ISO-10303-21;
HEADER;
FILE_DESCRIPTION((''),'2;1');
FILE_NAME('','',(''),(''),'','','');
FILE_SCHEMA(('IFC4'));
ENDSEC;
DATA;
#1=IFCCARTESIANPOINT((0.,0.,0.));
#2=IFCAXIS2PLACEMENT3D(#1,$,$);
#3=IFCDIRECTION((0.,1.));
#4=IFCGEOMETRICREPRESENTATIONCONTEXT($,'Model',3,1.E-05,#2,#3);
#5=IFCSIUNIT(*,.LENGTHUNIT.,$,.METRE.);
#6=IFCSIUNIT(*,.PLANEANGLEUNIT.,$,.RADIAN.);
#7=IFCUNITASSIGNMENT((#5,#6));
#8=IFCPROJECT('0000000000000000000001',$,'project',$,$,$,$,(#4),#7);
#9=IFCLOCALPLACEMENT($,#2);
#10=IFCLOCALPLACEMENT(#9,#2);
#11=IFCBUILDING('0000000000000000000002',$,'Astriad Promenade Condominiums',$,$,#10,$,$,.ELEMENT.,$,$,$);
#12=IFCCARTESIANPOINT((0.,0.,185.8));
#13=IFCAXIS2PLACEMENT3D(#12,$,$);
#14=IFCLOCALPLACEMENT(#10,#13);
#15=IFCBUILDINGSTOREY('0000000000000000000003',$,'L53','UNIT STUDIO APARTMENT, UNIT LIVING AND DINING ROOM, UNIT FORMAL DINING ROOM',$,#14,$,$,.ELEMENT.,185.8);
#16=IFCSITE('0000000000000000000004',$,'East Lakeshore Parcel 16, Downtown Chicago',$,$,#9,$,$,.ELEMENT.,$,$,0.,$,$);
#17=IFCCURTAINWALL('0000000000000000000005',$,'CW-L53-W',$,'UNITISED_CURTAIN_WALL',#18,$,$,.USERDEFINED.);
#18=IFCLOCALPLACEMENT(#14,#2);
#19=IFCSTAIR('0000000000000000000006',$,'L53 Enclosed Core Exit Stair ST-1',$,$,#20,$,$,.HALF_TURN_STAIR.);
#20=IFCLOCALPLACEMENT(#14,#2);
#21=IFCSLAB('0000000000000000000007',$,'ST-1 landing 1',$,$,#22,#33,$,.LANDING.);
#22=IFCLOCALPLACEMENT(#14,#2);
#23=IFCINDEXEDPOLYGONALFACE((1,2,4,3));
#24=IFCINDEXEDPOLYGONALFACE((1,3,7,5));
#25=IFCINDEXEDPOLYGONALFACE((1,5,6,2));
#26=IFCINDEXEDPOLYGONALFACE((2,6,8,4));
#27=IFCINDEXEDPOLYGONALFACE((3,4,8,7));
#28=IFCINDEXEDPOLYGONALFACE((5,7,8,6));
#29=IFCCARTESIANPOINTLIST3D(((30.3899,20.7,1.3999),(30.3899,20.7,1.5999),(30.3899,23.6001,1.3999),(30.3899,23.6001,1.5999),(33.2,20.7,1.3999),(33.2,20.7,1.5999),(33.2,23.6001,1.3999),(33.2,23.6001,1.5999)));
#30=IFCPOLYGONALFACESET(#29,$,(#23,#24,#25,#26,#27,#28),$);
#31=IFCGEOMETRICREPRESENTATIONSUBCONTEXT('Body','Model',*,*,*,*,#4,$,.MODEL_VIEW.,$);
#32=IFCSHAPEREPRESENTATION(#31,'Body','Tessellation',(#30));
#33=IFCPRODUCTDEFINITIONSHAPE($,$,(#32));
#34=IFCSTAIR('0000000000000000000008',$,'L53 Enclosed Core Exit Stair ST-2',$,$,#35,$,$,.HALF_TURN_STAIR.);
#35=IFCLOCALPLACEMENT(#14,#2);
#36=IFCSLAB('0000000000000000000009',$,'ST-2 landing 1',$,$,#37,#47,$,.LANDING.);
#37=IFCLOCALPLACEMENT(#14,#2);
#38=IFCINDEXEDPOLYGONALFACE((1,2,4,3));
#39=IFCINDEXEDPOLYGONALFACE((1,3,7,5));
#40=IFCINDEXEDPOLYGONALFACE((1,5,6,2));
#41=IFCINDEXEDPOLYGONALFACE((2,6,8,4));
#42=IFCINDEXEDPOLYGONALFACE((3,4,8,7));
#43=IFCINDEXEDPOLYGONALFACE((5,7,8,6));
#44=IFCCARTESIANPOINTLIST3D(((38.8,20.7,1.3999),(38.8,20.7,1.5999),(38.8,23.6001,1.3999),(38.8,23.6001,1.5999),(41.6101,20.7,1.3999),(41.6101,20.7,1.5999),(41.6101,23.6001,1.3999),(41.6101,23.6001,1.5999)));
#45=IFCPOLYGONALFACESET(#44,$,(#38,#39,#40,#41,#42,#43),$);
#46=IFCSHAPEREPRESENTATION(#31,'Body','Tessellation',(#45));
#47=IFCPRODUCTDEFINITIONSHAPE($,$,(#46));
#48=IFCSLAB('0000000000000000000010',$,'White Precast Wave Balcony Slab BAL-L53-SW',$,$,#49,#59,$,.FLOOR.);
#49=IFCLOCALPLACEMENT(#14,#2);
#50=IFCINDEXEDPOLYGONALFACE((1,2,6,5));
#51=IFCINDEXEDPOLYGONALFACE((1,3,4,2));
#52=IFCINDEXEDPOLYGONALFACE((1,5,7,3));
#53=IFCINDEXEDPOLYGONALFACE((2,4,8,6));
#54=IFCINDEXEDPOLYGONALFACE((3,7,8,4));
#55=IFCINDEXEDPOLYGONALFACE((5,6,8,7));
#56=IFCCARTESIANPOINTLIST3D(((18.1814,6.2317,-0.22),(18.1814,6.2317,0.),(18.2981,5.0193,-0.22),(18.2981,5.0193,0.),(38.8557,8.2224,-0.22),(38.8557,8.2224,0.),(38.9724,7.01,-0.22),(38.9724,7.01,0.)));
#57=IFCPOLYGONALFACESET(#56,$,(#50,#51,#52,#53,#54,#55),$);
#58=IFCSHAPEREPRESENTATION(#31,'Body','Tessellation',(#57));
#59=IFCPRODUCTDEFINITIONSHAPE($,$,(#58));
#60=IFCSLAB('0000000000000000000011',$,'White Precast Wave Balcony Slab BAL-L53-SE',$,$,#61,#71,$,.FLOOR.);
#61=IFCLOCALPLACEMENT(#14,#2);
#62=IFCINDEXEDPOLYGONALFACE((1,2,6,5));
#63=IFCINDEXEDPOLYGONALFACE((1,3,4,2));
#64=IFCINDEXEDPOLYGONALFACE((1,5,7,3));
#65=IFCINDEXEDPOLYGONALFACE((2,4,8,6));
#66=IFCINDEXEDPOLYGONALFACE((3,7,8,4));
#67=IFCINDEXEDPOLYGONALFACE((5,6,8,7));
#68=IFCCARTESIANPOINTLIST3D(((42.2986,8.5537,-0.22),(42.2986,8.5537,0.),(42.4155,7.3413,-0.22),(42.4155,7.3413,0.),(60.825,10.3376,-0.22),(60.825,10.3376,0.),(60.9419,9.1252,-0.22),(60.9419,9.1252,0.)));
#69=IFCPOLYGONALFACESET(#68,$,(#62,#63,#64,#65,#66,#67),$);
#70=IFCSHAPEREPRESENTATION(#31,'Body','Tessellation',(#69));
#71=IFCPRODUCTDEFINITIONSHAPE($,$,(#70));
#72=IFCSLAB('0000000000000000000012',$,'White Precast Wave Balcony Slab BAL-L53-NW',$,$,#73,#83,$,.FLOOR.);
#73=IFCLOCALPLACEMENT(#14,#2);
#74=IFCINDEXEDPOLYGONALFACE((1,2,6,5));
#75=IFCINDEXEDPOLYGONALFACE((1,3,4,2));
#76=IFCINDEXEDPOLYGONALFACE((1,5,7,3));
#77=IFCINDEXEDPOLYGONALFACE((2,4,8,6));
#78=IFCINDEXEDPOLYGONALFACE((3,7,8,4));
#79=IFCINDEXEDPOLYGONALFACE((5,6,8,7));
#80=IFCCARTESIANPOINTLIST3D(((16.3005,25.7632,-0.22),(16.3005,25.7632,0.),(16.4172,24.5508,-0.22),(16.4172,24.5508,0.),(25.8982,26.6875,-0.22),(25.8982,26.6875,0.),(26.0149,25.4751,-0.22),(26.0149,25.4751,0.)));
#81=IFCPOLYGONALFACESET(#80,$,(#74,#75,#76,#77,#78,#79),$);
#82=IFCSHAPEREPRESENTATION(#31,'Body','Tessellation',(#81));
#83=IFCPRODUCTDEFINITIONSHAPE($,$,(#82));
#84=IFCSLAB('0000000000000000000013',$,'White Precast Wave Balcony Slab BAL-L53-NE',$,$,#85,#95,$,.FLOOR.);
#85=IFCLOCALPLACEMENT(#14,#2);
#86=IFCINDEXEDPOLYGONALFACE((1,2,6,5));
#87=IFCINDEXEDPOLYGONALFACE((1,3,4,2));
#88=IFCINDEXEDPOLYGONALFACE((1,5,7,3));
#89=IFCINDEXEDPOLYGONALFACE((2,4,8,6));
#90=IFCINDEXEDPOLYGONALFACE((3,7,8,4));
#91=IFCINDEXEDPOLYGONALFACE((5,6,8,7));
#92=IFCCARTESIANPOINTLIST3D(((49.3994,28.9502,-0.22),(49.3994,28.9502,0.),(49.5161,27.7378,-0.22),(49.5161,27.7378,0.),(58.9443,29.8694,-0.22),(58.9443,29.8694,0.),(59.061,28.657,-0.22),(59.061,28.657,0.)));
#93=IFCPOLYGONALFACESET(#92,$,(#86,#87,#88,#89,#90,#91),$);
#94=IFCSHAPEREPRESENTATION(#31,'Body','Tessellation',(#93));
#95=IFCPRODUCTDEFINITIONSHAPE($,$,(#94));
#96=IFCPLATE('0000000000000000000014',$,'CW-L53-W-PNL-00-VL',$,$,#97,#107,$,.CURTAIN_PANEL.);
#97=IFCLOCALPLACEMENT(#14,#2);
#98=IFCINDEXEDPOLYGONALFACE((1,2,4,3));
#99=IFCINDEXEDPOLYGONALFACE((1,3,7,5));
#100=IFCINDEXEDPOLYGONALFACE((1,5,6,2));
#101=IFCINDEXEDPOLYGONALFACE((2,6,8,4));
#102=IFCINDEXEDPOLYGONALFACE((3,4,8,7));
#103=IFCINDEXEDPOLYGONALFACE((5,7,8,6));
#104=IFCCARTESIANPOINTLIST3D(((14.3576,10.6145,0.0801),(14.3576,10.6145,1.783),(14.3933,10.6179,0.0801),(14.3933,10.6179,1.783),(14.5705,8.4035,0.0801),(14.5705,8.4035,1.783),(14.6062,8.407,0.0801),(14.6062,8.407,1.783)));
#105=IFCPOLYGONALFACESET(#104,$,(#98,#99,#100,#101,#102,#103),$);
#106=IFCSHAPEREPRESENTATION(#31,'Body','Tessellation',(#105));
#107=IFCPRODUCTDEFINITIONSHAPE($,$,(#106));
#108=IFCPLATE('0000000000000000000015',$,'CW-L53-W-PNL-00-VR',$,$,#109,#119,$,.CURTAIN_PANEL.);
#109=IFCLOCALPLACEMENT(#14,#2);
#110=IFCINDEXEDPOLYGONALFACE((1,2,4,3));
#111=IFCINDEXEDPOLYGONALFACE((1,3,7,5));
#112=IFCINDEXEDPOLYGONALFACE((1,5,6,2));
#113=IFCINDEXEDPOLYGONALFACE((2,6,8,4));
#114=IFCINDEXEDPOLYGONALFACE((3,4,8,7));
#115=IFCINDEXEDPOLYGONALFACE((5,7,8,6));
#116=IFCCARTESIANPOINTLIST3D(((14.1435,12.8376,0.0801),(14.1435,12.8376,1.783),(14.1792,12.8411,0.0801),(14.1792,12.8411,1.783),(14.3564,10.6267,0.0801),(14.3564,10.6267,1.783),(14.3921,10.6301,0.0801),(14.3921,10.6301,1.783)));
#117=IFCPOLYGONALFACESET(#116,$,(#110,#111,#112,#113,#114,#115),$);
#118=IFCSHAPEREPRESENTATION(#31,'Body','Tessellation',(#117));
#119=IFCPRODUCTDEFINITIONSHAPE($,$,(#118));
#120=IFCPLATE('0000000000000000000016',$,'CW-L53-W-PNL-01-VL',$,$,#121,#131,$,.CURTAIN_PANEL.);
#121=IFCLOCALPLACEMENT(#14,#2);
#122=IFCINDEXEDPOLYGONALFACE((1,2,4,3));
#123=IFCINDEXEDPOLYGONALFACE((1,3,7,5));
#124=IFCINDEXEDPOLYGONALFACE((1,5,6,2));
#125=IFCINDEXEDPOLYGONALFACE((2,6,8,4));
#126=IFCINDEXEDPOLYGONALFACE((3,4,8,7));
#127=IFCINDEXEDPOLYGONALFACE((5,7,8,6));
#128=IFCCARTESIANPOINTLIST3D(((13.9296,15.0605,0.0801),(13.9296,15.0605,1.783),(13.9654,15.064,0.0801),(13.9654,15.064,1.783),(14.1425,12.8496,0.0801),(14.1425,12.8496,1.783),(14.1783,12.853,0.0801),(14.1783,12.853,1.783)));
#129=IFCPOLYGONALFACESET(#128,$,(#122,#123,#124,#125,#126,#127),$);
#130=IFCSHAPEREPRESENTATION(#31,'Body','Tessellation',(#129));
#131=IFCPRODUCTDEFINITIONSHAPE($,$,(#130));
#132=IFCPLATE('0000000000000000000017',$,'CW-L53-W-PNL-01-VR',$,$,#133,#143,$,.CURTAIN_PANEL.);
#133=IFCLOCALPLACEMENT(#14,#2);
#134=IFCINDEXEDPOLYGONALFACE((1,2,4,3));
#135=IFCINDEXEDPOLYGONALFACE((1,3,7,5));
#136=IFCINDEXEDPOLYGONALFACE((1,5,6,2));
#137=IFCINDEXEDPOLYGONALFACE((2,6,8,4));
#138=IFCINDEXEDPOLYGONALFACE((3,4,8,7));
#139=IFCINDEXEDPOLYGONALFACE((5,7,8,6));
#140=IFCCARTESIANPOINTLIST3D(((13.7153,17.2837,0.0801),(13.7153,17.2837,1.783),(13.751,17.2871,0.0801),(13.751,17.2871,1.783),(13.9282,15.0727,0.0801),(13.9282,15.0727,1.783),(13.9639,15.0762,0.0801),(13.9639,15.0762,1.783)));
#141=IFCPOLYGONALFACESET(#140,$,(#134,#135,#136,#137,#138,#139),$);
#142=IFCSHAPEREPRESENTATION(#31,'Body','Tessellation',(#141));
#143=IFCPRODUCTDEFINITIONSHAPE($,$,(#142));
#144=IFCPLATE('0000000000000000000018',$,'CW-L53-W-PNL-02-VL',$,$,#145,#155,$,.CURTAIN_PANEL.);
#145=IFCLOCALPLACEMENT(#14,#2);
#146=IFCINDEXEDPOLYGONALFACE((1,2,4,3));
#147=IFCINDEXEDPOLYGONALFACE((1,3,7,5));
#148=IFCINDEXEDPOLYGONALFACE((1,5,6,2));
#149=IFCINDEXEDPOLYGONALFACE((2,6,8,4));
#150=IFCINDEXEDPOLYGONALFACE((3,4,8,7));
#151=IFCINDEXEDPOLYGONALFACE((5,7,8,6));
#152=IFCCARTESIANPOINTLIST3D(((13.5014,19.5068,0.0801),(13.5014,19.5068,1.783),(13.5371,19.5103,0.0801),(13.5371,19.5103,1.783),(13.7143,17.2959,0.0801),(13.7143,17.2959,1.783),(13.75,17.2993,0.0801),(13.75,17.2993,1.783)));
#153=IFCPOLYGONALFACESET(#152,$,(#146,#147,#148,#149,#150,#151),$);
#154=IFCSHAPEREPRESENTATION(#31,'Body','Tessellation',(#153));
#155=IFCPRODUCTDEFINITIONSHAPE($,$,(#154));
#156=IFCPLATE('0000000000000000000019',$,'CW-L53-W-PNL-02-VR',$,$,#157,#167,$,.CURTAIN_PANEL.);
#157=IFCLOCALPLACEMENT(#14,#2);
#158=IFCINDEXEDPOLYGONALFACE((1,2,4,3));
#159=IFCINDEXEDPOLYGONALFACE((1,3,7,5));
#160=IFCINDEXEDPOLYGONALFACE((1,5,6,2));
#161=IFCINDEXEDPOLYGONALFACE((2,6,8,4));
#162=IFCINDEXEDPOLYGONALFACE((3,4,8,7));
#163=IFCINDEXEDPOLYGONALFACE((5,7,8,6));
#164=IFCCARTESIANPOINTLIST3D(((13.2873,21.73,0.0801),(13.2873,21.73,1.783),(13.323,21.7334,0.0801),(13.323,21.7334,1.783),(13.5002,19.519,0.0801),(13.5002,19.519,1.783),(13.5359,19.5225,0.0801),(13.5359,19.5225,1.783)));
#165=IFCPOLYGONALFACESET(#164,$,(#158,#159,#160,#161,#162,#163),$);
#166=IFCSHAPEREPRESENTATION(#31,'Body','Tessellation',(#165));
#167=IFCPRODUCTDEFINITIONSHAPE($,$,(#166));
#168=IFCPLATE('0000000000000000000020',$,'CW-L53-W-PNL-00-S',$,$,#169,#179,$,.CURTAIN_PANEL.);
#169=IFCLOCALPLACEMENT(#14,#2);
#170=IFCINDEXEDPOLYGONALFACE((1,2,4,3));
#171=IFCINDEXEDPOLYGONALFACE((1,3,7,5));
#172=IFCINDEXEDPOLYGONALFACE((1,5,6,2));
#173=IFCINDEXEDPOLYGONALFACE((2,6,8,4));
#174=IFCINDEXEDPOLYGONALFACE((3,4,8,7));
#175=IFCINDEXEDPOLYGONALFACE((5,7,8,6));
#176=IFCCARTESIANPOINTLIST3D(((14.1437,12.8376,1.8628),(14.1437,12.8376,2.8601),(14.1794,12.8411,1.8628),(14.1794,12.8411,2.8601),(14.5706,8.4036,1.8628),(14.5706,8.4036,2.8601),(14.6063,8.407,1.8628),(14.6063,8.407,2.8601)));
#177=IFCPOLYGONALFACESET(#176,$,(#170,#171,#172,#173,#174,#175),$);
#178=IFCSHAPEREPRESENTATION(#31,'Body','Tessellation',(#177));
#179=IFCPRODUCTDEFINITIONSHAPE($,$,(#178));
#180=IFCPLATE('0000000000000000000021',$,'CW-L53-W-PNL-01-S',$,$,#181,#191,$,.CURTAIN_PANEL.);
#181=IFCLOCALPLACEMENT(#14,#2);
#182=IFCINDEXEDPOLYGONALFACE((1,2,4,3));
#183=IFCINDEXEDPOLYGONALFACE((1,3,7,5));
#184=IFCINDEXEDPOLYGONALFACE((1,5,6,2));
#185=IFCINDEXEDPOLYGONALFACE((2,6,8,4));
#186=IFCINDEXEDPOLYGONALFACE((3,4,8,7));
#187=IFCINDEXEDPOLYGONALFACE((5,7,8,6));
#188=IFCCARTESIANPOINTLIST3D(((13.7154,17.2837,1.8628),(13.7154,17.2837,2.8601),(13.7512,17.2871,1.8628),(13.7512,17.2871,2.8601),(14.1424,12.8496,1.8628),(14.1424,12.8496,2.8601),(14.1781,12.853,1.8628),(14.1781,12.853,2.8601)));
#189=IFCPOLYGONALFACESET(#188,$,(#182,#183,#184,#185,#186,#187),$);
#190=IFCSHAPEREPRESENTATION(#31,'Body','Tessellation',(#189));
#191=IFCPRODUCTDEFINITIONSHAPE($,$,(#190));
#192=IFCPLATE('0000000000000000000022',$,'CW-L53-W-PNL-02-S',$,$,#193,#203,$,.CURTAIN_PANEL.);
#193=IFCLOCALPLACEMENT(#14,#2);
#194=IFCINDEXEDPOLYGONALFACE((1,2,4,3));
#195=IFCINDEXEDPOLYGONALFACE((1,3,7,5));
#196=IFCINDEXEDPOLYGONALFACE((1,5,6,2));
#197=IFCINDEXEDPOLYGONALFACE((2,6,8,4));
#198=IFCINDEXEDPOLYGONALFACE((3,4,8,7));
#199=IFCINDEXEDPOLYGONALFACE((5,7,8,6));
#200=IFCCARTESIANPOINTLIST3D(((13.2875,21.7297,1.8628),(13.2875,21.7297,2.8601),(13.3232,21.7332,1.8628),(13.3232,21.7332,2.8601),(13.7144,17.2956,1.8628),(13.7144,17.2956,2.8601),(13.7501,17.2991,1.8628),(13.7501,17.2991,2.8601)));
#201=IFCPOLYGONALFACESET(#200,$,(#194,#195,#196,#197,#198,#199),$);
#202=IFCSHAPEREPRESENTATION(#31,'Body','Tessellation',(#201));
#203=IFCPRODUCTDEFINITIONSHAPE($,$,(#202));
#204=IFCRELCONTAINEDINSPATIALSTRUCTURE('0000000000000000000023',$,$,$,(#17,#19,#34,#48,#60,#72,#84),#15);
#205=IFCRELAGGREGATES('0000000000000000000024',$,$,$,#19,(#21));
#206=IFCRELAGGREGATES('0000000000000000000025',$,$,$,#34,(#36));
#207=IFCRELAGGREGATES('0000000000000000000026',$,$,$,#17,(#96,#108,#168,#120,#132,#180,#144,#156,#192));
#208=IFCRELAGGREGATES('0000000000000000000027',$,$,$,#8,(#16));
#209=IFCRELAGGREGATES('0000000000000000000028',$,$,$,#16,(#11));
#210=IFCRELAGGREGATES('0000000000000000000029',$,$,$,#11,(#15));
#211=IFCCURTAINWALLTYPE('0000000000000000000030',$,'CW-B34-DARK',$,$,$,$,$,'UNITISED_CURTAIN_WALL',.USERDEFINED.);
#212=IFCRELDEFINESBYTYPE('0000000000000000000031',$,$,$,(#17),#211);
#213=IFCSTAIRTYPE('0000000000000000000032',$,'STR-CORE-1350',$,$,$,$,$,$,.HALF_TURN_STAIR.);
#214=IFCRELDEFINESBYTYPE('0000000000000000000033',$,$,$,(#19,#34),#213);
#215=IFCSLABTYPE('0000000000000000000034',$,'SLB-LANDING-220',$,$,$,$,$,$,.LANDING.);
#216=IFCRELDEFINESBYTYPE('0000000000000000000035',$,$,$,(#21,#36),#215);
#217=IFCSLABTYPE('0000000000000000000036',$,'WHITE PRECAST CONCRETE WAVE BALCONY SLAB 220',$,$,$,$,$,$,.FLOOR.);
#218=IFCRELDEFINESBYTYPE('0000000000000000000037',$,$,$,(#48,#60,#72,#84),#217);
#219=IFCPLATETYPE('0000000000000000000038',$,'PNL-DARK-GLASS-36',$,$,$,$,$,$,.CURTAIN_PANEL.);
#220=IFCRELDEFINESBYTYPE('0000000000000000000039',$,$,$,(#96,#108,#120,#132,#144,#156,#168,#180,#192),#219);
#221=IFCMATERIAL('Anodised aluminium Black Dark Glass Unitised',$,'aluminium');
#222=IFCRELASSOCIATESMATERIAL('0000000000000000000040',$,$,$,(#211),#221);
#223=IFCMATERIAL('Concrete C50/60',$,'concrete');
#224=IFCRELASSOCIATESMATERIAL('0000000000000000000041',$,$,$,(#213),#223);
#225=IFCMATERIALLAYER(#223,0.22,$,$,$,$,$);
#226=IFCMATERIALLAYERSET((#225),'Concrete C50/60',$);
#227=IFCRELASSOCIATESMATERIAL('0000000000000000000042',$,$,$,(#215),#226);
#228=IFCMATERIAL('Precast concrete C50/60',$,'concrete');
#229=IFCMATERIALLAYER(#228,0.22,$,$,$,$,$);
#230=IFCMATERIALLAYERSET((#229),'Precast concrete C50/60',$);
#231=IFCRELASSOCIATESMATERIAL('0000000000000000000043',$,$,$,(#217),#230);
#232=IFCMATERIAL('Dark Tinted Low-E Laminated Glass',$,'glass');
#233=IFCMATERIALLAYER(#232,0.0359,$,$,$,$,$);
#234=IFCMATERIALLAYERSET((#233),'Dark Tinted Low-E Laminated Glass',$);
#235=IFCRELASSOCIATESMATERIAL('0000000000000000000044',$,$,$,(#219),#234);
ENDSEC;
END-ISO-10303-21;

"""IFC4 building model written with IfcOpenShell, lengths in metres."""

from ifc_helpers import new_model, si_unit, direction, frame, origin, origin_2d, place, context, subcontext, project, spatial, polyline, rectangle, outline, extrude, source, transform, mapped, material, layer, layer_set, type_object, type_shapes, element, aggregate, save


model = new_model("IFC4")

# Units and contexts
model_context = context("Model", 3, precision=1e-05, world=origin(), true_north=direction((0.0, 1.0)))
body_context = subcontext(model_context, "Body", "Model", "MODEL_VIEW")
ifc_project = project(units=[si_unit("LENGTHUNIT", "METRE"), si_unit("PLANEANGLEUNIT", "RADIAN")], contexts=[model_context])

# Site, building, storey
site_placement = place(None, origin())
site = spatial("IfcSite", under=ifc_project, at=site_placement, Name="East Lakeshore Parcel 16, Downtown Chicago", CompositionType="ELEMENT", RefElevation=0.0)
building_placement = place(site_placement, origin())
building = spatial("IfcBuilding", under=site, at=building_placement, Name="Astriad Promenade Condominiums", CompositionType="ELEMENT")
storey_placement = place(building_placement, frame((0.0, 0.0, 185.8)))
storey = spatial("IfcBuildingStorey", under=building, at=storey_placement, Name="L53", Description="UNIT STUDIO APARTMENT, UNIT LIVING AND DINING ROOM, UNIT FORMAL DINING ROOM", CompositionType="ELEMENT", Elevation=185.8)

# Curtain wall
ifc_material_1 = material(Name="Anodised aluminium Black Dark Glass Unitised", Category="aluminium")
curtain_wall_type = type_object("IfcCurtainWallType", Name="CW-B34-DARK", ElementType="UNITISED_CURTAIN_WALL", PredefinedType="USERDEFINED", material=ifc_material_1)
curtain_wall_placement = place(storey_placement, origin())
curtain_wall = element("IfcCurtainWall", 1, at=curtain_wall_placement, inside=storey, type_object=curtain_wall_type, Name="CW-L53-W", ObjectType="UNITISED_CURTAIN_WALL", PredefinedType="USERDEFINED")

# Shared definitions
ifc_material_2 = material(Name="Concrete C50/60", Category="concrete")

# Stairs, slabs
stair_type = type_object("IfcStairType", Name="STR-CORE-1350", PredefinedType="HALF_TURN_STAIR", material=ifc_material_2)
stair_1_placement = place(storey_placement, origin())
stair_1 = element("IfcStair", 2, at=stair_1_placement, inside=storey, type_object=stair_type, Name="L53 Enclosed Core Exit Stair ST-1", PredefinedType="HALF_TURN_STAIR")
ifc_layer_1 = layer(ifc_material_2, 0.22)
ifc_layer_set_1 = layer_set([ifc_layer_1], Name="Concrete C50/60")
slab_type_1 = type_object("IfcSlabType", Name="SLB-LANDING-220", PredefinedType="LANDING", material=ifc_layer_set_1)
slab_1_placement = place(storey_placement, frame((0.0, 0.0, 1.3999)))
slab_1 = element("IfcSlab", 3, at=slab_1_placement, type_object=slab_type_1, Name="ST-1 landing 1", PredefinedType="LANDING", context=body_context, shape_type="SweptSolid", body=[
    extrude(outline(polyline([(30.3899, 20.7), (33.2, 20.7), (33.2, 23.6001), (30.3899, 23.6001), (30.3899, 20.7)])), origin(), (0.0, 0.0, 1.0), 0.2),
])
aggregate(stair_1, [slab_1])
stair_2_placement = place(storey_placement, origin())
stair_2 = element("IfcStair", 4, at=stair_2_placement, inside=storey, type_object=stair_type, Name="L53 Enclosed Core Exit Stair ST-2", PredefinedType="HALF_TURN_STAIR")
slab_2_placement = place(storey_placement, frame((0.0, 0.0, 1.3999)))
slab_2 = element("IfcSlab", 5, at=slab_2_placement, type_object=slab_type_1, Name="ST-2 landing 1", PredefinedType="LANDING", context=body_context, shape_type="SweptSolid", body=[
    extrude(outline(polyline([(41.6101, 23.6001), (38.8, 23.6001), (38.8, 20.7), (41.6101, 20.7), (41.6101, 23.6001)])), origin(), (0.0, 0.0, 1.0), 0.2),
])
aggregate(stair_2, [slab_2])

# Slabs
ifc_material_3 = material(Name="Precast concrete C50/60", Category="concrete")
ifc_layer_2 = layer(ifc_material_3, 0.22)
ifc_layer_set_2 = layer_set([ifc_layer_2], Name="Precast concrete C50/60")
slab_type_2 = type_object("IfcSlabType", Name="WHITE PRECAST CONCRETE WAVE BALCONY SLAB 220", PredefinedType="FLOOR", material=ifc_layer_set_2)
slab_3_placement = place(storey_placement, frame((0.0, 0.0, -0.22)))
element("IfcSlab", 6, at=slab_3_placement, inside=storey, type_object=slab_type_2, Name="White Precast Wave Balcony Slab BAL-L53-SW", PredefinedType="FLOOR", context=body_context, shape_type="SweptSolid", body=[
    extrude(outline(polyline([(38.9724, 7.01), (18.2981, 5.0193), (18.1814, 6.2317), (38.8557, 8.2224), (38.9724, 7.01)])), origin(), (0.0, 0.0, 1.0), 0.22),
])
slab_4_placement = place(storey_placement, frame((0.0, 0.0, -0.22)))
element("IfcSlab", 7, at=slab_4_placement, inside=storey, type_object=slab_type_2, Name="White Precast Wave Balcony Slab BAL-L53-SE", PredefinedType="FLOOR", context=body_context, shape_type="SweptSolid", body=[
    extrude(outline(polyline([(60.9419, 9.1252), (42.4155, 7.3413), (42.2986, 8.5537), (60.825, 10.3376), (60.9419, 9.1252)])), origin(), (0.0, 0.0, 1.0), 0.22),
])
slab_5_placement = place(storey_placement, frame((0.0, 0.0, -0.22)))
element("IfcSlab", 8, at=slab_5_placement, inside=storey, type_object=slab_type_2, Name="White Precast Wave Balcony Slab BAL-L53-NW", PredefinedType="FLOOR", context=body_context, shape_type="SweptSolid", body=[
    extrude(outline(polyline([(16.3005, 25.7632), (25.8982, 26.6875), (26.0149, 25.4751), (16.4172, 24.5508), (16.3005, 25.7632)])), origin(), (0.0, 0.0, 1.0), 0.22),
])
slab_6_placement = place(storey_placement, frame((0.0, 0.0, -0.22)))
element("IfcSlab", 9, at=slab_6_placement, inside=storey, type_object=slab_type_2, Name="White Precast Wave Balcony Slab BAL-L53-NE", PredefinedType="FLOOR", context=body_context, shape_type="SweptSolid", body=[
    extrude(outline(polyline([(49.3994, 28.9502), (58.9443, 29.8694), (59.061, 28.657), (49.5161, 27.7378), (49.3994, 28.9502)])), origin(), (0.0, 0.0, 1.0), 0.22),
])

# Plates
ifc_material_4 = material(Name="Dark Tinted Low-E Laminated Glass", Category="glass")
ifc_layer_3 = layer(ifc_material_4, 0.0359)
ifc_layer_set_3 = layer_set([ifc_layer_3], Name="Dark Tinted Low-E Laminated Glass")
plate_type = type_object("IfcPlateType", Name="PNL-DARK-GLASS-36", PredefinedType="CURTAIN_PANEL", material=ifc_layer_set_3)
shared_shape_1 = source(origin(), body_context, "Body", "SweptSolid", [
    extrude(rectangle(XDim=2.2212, YDim=0.0359, at=origin_2d()), origin(), (0.0, 0.0, 1.0), 1.7029),
])
plate_1_placement = place(storey_placement, frame((14.4819, 9.5107, 0.0801), z_axis=(0.0, 0.0, 1.0), x_axis=(-0.095846, 0.995396, 0.0)))
plate_1 = element("IfcPlate", 10, at=plate_1_placement, type_object=plate_type, Name="CW-L53-W-PNL-00-VL", PredefinedType="CURTAIN_PANEL", context=body_context, shape_type="MappedRepresentation", body=[
    mapped(shared_shape_1, transform((0.0, 0.0, 0.0), scale=1.0)),
])
plate_2_placement = place(storey_placement, frame((14.2678, 11.7339, 0.0801), z_axis=(0.0, 0.0, 1.0), x_axis=(-0.095846, 0.995396, 0.0)))
plate_2 = element("IfcPlate", 11, at=plate_2_placement, type_object=plate_type, Name="CW-L53-W-PNL-00-VR", PredefinedType="CURTAIN_PANEL", context=body_context, shape_type="MappedRepresentation", body=[
    mapped(shared_shape_1, transform((0.0, 0.0, 0.0), scale=1.0)),
])
plate_3_placement = place(storey_placement, frame((14.054, 13.9568, 0.0801), z_axis=(0.0, 0.0, 1.0), x_axis=(-0.095846, 0.995396, 0.0)))
plate_3 = element("IfcPlate", 12, at=plate_3_placement, type_object=plate_type, Name="CW-L53-W-PNL-01-VL", PredefinedType="CURTAIN_PANEL", context=body_context, shape_type="MappedRepresentation", body=[
    mapped(shared_shape_1, transform((0.0, 0.0, 0.0), scale=1.0)),
])
plate_4_placement = place(storey_placement, frame((13.8396, 16.1799, 0.0801), z_axis=(0.0, 0.0, 1.0), x_axis=(-0.095846, 0.995396, 0.0)))
plate_4 = element("IfcPlate", 13, at=plate_4_placement, type_object=plate_type, Name="CW-L53-W-PNL-01-VR", PredefinedType="CURTAIN_PANEL", context=body_context, shape_type="MappedRepresentation", body=[
    mapped(shared_shape_1, transform((0.0, 0.0, 0.0), scale=1.0)),
])
plate_5_placement = place(storey_placement, frame((13.6257, 18.4031, 0.0801), z_axis=(0.0, 0.0, 1.0), x_axis=(-0.095846, 0.995396, 0.0)))
plate_5 = element("IfcPlate", 14, at=plate_5_placement, type_object=plate_type, Name="CW-L53-W-PNL-02-VL", PredefinedType="CURTAIN_PANEL", context=body_context, shape_type="MappedRepresentation", body=[
    mapped(shared_shape_1, transform((0.0, 0.0, 0.0), scale=1.0)),
])
plate_6_placement = place(storey_placement, frame((13.4116, 20.6262, 0.0801), z_axis=(0.0, 0.0, 1.0), x_axis=(-0.095846, 0.995396, 0.0)))
plate_6 = element("IfcPlate", 15, at=plate_6_placement, type_object=plate_type, Name="CW-L53-W-PNL-02-VR", PredefinedType="CURTAIN_PANEL", context=body_context, shape_type="MappedRepresentation", body=[
    mapped(shared_shape_1, transform((0.0, 0.0, 0.0), scale=1.0)),
])
shared_shape_2 = source(origin(), body_context, "Body", "SweptSolid", [
    extrude(rectangle(XDim=4.4546, YDim=0.0359, at=origin_2d()), origin(), (0.0, 0.0, 1.0), 0.9973),
])
type_shapes(plate_type, [shared_shape_1, shared_shape_2])
plate_7_placement = place(storey_placement, frame((14.375, 10.6223, 1.8628), z_axis=(0.0, 0.0, 1.0), x_axis=(-0.095846, 0.995396, 0.0)))
plate_7 = element("IfcPlate", 16, at=plate_7_placement, type_object=plate_type, Name="CW-L53-W-PNL-00-S", PredefinedType="CURTAIN_PANEL", context=body_context, shape_type="MappedRepresentation", body=[
    mapped(shared_shape_2, transform((0.0, 0.0, 0.0), scale=1.0)),
])
plate_8_placement = place(storey_placement, frame((13.9468, 15.0684, 1.8628), z_axis=(0.0, 0.0, 1.0), x_axis=(-0.095846, 0.995396, 0.0)))
plate_8 = element("IfcPlate", 17, at=plate_8_placement, type_object=plate_type, Name="CW-L53-W-PNL-01-S", PredefinedType="CURTAIN_PANEL", context=body_context, shape_type="MappedRepresentation", body=[
    mapped(shared_shape_2, transform((0.0, 0.0, 0.0), scale=1.0)),
])
plate_9_placement = place(storey_placement, frame((13.5188, 19.5144, 1.8628), z_axis=(0.0, 0.0, 1.0), x_axis=(-0.095846, 0.995396, 0.0)))
plate_9 = element("IfcPlate", 18, at=plate_9_placement, type_object=plate_type, Name="CW-L53-W-PNL-02-S", PredefinedType="CURTAIN_PANEL", context=body_context, shape_type="MappedRepresentation", body=[
    mapped(shared_shape_2, transform((0.0, 0.0, 0.0), scale=1.0)),
])
aggregate(curtain_wall, [plate_1, plate_2, plate_7, plate_3, plate_4, plate_8, plate_5, plate_6, plate_9])

save(model, "model.ifc")
